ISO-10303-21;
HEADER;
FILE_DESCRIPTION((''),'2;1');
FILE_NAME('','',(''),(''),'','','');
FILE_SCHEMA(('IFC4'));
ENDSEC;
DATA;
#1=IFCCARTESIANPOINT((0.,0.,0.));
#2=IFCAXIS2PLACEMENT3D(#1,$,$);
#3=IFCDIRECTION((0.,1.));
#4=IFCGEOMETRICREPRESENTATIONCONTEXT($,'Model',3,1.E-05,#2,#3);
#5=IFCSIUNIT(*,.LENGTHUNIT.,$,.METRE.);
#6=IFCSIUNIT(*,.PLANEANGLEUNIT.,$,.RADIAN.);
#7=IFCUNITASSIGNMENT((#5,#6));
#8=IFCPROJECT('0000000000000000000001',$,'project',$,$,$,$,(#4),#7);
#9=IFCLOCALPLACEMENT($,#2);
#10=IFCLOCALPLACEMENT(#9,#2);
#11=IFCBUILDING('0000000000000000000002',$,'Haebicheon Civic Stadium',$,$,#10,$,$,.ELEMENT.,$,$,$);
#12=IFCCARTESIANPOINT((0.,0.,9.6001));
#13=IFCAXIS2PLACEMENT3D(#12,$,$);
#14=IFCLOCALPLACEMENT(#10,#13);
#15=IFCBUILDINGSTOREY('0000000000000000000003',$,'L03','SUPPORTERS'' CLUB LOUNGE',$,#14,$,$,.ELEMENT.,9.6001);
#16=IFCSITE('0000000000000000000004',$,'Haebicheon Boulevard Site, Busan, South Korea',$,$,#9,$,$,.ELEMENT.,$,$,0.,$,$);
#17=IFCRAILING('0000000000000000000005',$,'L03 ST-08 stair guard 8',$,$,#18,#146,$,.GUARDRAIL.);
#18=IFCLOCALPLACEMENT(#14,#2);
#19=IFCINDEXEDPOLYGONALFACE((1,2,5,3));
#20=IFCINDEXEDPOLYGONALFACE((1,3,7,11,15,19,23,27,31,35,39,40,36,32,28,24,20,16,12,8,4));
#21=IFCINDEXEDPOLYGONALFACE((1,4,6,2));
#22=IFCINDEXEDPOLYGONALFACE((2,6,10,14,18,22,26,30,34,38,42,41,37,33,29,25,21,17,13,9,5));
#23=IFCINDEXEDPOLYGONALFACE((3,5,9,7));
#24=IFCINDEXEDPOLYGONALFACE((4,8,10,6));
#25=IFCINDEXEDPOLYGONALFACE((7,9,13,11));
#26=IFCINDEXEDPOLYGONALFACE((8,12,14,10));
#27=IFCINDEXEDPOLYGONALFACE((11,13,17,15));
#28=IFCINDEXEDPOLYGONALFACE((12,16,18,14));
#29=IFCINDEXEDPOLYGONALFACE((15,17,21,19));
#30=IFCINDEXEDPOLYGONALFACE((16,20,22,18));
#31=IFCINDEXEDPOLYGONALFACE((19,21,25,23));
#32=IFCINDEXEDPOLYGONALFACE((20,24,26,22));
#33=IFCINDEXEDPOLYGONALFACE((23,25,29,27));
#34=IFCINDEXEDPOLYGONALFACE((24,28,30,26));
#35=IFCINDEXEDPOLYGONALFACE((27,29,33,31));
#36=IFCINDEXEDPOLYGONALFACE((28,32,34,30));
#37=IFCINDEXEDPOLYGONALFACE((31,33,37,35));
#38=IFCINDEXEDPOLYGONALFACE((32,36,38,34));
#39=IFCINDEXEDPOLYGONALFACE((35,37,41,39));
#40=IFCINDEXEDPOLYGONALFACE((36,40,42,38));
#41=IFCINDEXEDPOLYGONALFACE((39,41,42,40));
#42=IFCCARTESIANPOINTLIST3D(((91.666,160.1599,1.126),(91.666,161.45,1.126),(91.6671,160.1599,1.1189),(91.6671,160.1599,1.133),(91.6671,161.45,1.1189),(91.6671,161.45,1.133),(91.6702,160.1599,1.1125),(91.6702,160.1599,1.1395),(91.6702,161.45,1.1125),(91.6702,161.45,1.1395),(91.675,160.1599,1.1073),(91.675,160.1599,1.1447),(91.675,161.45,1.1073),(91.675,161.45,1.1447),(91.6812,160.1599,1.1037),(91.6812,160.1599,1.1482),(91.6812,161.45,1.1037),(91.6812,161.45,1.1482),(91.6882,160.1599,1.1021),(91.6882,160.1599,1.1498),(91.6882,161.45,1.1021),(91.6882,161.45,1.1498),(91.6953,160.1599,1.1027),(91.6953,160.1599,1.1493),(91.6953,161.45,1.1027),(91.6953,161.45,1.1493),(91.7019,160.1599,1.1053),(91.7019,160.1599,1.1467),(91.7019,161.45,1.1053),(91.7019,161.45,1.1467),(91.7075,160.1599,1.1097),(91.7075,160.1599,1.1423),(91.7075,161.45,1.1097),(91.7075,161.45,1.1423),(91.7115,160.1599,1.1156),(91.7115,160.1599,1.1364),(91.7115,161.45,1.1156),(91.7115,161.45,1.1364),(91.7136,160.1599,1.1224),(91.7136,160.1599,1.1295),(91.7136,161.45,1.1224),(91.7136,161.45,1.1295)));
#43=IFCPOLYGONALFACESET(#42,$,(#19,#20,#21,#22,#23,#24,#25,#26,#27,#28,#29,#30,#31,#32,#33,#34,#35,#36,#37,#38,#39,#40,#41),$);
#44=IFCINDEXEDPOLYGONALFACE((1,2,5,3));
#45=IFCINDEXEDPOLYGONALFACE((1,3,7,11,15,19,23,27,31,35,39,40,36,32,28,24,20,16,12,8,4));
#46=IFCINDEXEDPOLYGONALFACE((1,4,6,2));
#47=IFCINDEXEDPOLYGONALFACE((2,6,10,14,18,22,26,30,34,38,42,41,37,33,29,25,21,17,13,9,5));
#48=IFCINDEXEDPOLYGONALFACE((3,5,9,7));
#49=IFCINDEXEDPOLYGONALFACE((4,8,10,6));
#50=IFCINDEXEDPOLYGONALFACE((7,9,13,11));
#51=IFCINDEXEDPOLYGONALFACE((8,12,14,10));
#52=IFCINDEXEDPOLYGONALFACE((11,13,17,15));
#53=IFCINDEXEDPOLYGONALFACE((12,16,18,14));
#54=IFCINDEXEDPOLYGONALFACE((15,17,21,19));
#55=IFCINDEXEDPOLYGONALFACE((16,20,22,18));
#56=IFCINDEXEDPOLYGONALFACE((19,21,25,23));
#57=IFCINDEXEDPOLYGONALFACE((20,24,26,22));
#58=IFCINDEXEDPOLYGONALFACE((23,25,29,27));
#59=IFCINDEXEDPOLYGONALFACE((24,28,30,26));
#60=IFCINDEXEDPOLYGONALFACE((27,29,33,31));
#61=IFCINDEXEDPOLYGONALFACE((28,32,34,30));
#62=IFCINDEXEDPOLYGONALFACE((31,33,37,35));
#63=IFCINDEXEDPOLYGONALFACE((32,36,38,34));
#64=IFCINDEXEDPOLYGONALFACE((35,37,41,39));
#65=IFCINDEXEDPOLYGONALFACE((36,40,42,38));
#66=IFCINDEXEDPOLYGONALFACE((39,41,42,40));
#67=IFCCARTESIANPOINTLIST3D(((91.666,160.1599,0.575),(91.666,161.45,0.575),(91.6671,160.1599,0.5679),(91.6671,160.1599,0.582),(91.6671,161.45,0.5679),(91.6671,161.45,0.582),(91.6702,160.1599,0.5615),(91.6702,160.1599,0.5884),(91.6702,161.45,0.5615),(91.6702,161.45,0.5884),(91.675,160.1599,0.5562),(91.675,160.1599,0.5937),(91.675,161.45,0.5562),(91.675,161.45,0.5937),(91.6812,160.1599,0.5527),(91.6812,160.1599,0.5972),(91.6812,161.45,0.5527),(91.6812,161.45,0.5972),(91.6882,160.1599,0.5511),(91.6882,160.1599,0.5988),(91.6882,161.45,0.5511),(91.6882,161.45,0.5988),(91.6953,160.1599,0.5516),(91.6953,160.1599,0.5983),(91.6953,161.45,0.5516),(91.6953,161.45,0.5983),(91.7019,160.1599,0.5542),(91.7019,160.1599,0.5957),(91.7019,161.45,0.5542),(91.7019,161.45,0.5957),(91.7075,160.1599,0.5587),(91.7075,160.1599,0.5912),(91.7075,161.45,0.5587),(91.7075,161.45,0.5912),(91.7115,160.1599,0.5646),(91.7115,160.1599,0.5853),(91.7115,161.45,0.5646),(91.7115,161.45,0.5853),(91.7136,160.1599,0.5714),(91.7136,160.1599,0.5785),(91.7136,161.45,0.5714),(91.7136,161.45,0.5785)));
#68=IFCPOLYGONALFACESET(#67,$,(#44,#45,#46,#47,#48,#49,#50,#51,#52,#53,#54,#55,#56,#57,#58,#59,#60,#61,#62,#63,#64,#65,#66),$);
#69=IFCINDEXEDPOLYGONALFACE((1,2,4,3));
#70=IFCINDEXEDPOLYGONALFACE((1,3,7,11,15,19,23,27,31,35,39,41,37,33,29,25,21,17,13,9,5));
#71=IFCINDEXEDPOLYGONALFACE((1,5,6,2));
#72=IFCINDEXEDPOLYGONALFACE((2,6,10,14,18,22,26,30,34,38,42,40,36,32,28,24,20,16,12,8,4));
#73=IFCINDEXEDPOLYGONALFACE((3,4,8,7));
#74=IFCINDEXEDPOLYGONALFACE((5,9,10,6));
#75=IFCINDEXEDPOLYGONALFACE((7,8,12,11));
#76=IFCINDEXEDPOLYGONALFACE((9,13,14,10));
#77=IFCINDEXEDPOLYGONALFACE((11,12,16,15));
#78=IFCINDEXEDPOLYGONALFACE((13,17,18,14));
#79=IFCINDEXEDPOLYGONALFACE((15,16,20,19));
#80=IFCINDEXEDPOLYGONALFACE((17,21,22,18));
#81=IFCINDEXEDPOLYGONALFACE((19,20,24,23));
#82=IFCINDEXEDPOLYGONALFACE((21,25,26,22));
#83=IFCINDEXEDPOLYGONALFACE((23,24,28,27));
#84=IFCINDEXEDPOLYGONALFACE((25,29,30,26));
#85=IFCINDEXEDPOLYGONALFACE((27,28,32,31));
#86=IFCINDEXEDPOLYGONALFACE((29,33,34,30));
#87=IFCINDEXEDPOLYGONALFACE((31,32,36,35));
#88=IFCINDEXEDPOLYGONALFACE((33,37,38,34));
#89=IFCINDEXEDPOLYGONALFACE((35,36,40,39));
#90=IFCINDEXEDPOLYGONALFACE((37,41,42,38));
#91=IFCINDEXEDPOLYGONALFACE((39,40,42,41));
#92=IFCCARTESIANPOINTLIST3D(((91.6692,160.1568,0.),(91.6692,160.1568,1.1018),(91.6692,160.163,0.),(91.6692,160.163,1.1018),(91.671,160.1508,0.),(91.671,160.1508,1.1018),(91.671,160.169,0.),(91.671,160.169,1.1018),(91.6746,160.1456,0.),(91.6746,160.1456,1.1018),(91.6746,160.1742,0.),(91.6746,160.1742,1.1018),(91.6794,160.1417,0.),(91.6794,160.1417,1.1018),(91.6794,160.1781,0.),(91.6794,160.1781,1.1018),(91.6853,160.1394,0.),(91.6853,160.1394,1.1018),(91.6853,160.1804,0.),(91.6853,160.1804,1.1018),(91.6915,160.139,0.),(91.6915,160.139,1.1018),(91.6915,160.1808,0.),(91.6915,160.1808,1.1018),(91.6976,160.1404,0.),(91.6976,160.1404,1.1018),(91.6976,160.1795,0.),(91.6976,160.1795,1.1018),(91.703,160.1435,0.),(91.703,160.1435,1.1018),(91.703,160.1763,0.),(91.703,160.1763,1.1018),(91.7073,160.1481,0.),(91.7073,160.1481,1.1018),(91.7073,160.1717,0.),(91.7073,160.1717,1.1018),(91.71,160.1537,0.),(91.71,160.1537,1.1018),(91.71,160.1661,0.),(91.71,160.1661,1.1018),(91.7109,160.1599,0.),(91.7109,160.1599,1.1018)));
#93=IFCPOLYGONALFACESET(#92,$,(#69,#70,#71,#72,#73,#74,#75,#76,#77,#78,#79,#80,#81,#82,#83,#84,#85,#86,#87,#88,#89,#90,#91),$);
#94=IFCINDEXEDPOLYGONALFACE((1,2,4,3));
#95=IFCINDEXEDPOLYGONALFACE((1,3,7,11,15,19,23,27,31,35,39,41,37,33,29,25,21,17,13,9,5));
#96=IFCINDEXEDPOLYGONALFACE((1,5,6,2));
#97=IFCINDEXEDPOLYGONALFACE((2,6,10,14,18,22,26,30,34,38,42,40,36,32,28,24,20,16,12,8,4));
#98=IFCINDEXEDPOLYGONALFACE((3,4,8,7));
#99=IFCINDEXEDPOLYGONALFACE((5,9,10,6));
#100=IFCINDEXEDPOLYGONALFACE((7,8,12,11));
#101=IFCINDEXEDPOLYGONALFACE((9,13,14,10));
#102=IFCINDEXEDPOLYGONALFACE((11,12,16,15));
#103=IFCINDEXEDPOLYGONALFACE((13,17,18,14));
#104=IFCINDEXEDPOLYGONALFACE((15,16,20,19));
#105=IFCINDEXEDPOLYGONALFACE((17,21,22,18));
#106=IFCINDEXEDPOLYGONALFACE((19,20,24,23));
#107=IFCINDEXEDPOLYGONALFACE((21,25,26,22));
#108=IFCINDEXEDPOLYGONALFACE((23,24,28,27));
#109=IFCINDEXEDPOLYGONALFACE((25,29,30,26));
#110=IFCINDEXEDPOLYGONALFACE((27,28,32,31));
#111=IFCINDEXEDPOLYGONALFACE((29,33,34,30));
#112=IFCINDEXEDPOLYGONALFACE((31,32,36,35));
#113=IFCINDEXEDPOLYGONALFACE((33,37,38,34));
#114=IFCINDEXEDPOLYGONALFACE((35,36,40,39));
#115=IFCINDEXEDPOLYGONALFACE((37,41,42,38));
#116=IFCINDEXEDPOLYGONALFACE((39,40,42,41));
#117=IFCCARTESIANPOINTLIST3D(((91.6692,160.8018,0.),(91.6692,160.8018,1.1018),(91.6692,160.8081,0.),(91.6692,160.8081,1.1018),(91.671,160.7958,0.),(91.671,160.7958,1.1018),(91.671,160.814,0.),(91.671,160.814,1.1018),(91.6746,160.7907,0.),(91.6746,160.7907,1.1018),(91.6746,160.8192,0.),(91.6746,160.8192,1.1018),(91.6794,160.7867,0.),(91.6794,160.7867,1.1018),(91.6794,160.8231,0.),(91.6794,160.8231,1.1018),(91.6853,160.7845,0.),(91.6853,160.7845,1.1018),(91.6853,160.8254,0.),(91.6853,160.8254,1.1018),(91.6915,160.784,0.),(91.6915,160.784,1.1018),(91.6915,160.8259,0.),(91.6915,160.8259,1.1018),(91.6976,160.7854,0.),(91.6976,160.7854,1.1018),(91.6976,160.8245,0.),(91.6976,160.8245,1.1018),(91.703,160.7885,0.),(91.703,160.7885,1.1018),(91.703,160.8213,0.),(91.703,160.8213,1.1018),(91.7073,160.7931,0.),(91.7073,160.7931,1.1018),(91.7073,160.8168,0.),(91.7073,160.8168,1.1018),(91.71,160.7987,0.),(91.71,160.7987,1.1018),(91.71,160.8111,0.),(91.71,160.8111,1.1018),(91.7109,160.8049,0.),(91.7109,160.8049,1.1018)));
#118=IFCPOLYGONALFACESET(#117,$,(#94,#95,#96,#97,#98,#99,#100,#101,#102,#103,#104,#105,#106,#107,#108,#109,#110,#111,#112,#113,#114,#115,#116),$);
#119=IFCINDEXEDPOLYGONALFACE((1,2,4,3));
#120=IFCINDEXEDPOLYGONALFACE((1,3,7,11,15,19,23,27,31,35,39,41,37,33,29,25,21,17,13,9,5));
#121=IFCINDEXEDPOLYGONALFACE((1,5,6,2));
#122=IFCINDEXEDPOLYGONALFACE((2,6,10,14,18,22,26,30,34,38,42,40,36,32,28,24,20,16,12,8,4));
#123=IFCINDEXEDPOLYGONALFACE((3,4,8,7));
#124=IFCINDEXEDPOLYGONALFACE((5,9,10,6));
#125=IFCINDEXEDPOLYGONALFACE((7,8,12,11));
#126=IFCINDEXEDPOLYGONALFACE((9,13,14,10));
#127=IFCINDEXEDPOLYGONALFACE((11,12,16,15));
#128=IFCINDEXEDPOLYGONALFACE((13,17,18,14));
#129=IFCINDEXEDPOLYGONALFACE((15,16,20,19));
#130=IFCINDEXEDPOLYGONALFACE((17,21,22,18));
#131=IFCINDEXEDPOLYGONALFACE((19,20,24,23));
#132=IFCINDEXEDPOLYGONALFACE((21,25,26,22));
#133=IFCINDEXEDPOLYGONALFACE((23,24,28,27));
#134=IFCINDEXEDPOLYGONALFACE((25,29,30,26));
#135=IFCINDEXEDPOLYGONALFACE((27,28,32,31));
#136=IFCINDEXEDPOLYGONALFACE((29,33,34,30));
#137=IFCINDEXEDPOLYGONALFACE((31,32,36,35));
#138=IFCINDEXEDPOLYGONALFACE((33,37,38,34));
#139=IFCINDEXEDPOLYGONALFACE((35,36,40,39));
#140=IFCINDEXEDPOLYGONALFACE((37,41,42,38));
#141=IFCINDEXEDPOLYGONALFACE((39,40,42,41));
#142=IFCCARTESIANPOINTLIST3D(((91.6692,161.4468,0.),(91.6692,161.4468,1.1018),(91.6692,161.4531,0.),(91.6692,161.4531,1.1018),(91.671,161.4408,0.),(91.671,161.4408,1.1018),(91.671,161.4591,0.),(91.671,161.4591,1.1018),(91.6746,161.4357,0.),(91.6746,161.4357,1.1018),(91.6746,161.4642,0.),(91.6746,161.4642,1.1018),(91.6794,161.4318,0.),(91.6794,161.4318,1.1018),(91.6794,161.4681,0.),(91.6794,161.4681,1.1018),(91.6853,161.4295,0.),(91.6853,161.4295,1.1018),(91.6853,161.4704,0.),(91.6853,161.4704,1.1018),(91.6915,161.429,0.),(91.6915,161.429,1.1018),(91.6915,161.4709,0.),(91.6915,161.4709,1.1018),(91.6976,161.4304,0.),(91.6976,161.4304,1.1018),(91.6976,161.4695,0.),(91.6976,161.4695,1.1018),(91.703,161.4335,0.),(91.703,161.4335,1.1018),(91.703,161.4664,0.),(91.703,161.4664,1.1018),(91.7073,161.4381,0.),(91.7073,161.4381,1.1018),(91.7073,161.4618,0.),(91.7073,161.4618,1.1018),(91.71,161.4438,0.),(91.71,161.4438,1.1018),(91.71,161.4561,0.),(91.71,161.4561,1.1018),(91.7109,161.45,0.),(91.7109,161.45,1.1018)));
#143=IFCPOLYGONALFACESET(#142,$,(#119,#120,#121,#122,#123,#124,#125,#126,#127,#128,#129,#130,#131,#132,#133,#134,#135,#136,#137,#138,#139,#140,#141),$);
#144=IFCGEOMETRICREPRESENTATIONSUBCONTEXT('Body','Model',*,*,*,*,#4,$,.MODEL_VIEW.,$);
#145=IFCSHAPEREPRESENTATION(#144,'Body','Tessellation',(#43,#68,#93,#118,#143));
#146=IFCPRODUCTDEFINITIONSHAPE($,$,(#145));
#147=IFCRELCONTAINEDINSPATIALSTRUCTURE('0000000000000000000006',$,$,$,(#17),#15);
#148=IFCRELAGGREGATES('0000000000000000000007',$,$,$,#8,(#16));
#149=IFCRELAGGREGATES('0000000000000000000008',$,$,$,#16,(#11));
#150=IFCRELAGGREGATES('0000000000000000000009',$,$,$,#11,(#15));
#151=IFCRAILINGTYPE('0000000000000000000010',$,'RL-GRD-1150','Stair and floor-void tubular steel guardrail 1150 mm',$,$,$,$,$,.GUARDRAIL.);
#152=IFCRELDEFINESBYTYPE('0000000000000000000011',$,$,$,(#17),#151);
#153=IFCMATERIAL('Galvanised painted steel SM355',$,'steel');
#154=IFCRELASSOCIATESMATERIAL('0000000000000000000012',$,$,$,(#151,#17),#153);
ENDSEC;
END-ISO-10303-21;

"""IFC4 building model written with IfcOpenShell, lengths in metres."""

from ifc_helpers import new_model, si_unit, direction, frame, origin, origin_2d, place, context, subcontext, project, spatial, circle, extrude, material, type_object, element, save


model = new_model("IFC4")

# Units and contexts
model_context = context("Model", 3, precision=1e-05, world=origin(), true_north=direction((0.0, 1.0)))
body_context = subcontext(model_context, "Body", "Model", "MODEL_VIEW")
ifc_project = project(units=[si_unit("LENGTHUNIT", "METRE"), si_unit("PLANEANGLEUNIT", "RADIAN")], contexts=[model_context])

# Site, building, storey
site_placement = place(None, origin())
site = spatial("IfcSite", under=ifc_project, at=site_placement, Name="Haebicheon Boulevard Site, Busan, South Korea", CompositionType="ELEMENT", RefElevation=0.0)
building_placement = place(site_placement, origin())
building = spatial("IfcBuilding", under=site, at=building_placement, Name="Haebicheon Civic Stadium", CompositionType="ELEMENT")
storey_placement = place(building_placement, frame((0.0, 0.0, 9.6001)))
storey = spatial("IfcBuildingStorey", under=building, at=storey_placement, Name="L03", Description="SUPPORTERS' CLUB LOUNGE", CompositionType="ELEMENT", Elevation=9.6001)

# Railing
ifc_material_1 = material(Name="Galvanised painted steel SM355", Category="steel")
railing_type_1 = type_object("IfcRailingType", Name="RL-GRD-1150", Description="Stair and floor-void tubular steel guardrail 1150 mm", PredefinedType="GUARDRAIL", material=ifc_material_1)
for number, where, name in (
    (1, (91.6899, 160.1599, 0.0), "L03 ST-08 stair guard 8"),
):
    element("IfcRailing", number, at=place(storey_placement, frame(where)), inside=storey, type_object=railing_type_1, material=ifc_material_1, Name=name, PredefinedType="GUARDRAIL", context=body_context, shape_type="SweptSolid", body=[
        extrude(circle(Radius=0.0239, at=origin_2d()), frame((0.0, 0.0, 1.126), z_axis=(0.0, 1.0, 0.0), x_axis=(-1.0, 0.0, 0.0)), (0.0, 0.0, 1.0), 1.29),
        extrude(circle(Radius=0.0239, at=origin_2d()), frame((0.0, 0.0, 0.575), z_axis=(0.0, 1.0, 0.0), x_axis=(-1.0, 0.0, 0.0)), (0.0, 0.0, 1.0), 1.29),
        extrude(circle(Radius=0.021, at=origin_2d()), origin(), (0.0, 0.0, 1.0), 1.1018),
        extrude(circle(Radius=0.021, at=origin_2d()), frame((0.0, 0.645, 0.0)), (0.0, 0.0, 1.0), 1.1018),
        extrude(circle(Radius=0.021, at=origin_2d()), frame((0.0, 1.29, 0.0)), (0.0, 0.0, 1.0), 1.1018),
    ])

save(model, "model.ifc")
